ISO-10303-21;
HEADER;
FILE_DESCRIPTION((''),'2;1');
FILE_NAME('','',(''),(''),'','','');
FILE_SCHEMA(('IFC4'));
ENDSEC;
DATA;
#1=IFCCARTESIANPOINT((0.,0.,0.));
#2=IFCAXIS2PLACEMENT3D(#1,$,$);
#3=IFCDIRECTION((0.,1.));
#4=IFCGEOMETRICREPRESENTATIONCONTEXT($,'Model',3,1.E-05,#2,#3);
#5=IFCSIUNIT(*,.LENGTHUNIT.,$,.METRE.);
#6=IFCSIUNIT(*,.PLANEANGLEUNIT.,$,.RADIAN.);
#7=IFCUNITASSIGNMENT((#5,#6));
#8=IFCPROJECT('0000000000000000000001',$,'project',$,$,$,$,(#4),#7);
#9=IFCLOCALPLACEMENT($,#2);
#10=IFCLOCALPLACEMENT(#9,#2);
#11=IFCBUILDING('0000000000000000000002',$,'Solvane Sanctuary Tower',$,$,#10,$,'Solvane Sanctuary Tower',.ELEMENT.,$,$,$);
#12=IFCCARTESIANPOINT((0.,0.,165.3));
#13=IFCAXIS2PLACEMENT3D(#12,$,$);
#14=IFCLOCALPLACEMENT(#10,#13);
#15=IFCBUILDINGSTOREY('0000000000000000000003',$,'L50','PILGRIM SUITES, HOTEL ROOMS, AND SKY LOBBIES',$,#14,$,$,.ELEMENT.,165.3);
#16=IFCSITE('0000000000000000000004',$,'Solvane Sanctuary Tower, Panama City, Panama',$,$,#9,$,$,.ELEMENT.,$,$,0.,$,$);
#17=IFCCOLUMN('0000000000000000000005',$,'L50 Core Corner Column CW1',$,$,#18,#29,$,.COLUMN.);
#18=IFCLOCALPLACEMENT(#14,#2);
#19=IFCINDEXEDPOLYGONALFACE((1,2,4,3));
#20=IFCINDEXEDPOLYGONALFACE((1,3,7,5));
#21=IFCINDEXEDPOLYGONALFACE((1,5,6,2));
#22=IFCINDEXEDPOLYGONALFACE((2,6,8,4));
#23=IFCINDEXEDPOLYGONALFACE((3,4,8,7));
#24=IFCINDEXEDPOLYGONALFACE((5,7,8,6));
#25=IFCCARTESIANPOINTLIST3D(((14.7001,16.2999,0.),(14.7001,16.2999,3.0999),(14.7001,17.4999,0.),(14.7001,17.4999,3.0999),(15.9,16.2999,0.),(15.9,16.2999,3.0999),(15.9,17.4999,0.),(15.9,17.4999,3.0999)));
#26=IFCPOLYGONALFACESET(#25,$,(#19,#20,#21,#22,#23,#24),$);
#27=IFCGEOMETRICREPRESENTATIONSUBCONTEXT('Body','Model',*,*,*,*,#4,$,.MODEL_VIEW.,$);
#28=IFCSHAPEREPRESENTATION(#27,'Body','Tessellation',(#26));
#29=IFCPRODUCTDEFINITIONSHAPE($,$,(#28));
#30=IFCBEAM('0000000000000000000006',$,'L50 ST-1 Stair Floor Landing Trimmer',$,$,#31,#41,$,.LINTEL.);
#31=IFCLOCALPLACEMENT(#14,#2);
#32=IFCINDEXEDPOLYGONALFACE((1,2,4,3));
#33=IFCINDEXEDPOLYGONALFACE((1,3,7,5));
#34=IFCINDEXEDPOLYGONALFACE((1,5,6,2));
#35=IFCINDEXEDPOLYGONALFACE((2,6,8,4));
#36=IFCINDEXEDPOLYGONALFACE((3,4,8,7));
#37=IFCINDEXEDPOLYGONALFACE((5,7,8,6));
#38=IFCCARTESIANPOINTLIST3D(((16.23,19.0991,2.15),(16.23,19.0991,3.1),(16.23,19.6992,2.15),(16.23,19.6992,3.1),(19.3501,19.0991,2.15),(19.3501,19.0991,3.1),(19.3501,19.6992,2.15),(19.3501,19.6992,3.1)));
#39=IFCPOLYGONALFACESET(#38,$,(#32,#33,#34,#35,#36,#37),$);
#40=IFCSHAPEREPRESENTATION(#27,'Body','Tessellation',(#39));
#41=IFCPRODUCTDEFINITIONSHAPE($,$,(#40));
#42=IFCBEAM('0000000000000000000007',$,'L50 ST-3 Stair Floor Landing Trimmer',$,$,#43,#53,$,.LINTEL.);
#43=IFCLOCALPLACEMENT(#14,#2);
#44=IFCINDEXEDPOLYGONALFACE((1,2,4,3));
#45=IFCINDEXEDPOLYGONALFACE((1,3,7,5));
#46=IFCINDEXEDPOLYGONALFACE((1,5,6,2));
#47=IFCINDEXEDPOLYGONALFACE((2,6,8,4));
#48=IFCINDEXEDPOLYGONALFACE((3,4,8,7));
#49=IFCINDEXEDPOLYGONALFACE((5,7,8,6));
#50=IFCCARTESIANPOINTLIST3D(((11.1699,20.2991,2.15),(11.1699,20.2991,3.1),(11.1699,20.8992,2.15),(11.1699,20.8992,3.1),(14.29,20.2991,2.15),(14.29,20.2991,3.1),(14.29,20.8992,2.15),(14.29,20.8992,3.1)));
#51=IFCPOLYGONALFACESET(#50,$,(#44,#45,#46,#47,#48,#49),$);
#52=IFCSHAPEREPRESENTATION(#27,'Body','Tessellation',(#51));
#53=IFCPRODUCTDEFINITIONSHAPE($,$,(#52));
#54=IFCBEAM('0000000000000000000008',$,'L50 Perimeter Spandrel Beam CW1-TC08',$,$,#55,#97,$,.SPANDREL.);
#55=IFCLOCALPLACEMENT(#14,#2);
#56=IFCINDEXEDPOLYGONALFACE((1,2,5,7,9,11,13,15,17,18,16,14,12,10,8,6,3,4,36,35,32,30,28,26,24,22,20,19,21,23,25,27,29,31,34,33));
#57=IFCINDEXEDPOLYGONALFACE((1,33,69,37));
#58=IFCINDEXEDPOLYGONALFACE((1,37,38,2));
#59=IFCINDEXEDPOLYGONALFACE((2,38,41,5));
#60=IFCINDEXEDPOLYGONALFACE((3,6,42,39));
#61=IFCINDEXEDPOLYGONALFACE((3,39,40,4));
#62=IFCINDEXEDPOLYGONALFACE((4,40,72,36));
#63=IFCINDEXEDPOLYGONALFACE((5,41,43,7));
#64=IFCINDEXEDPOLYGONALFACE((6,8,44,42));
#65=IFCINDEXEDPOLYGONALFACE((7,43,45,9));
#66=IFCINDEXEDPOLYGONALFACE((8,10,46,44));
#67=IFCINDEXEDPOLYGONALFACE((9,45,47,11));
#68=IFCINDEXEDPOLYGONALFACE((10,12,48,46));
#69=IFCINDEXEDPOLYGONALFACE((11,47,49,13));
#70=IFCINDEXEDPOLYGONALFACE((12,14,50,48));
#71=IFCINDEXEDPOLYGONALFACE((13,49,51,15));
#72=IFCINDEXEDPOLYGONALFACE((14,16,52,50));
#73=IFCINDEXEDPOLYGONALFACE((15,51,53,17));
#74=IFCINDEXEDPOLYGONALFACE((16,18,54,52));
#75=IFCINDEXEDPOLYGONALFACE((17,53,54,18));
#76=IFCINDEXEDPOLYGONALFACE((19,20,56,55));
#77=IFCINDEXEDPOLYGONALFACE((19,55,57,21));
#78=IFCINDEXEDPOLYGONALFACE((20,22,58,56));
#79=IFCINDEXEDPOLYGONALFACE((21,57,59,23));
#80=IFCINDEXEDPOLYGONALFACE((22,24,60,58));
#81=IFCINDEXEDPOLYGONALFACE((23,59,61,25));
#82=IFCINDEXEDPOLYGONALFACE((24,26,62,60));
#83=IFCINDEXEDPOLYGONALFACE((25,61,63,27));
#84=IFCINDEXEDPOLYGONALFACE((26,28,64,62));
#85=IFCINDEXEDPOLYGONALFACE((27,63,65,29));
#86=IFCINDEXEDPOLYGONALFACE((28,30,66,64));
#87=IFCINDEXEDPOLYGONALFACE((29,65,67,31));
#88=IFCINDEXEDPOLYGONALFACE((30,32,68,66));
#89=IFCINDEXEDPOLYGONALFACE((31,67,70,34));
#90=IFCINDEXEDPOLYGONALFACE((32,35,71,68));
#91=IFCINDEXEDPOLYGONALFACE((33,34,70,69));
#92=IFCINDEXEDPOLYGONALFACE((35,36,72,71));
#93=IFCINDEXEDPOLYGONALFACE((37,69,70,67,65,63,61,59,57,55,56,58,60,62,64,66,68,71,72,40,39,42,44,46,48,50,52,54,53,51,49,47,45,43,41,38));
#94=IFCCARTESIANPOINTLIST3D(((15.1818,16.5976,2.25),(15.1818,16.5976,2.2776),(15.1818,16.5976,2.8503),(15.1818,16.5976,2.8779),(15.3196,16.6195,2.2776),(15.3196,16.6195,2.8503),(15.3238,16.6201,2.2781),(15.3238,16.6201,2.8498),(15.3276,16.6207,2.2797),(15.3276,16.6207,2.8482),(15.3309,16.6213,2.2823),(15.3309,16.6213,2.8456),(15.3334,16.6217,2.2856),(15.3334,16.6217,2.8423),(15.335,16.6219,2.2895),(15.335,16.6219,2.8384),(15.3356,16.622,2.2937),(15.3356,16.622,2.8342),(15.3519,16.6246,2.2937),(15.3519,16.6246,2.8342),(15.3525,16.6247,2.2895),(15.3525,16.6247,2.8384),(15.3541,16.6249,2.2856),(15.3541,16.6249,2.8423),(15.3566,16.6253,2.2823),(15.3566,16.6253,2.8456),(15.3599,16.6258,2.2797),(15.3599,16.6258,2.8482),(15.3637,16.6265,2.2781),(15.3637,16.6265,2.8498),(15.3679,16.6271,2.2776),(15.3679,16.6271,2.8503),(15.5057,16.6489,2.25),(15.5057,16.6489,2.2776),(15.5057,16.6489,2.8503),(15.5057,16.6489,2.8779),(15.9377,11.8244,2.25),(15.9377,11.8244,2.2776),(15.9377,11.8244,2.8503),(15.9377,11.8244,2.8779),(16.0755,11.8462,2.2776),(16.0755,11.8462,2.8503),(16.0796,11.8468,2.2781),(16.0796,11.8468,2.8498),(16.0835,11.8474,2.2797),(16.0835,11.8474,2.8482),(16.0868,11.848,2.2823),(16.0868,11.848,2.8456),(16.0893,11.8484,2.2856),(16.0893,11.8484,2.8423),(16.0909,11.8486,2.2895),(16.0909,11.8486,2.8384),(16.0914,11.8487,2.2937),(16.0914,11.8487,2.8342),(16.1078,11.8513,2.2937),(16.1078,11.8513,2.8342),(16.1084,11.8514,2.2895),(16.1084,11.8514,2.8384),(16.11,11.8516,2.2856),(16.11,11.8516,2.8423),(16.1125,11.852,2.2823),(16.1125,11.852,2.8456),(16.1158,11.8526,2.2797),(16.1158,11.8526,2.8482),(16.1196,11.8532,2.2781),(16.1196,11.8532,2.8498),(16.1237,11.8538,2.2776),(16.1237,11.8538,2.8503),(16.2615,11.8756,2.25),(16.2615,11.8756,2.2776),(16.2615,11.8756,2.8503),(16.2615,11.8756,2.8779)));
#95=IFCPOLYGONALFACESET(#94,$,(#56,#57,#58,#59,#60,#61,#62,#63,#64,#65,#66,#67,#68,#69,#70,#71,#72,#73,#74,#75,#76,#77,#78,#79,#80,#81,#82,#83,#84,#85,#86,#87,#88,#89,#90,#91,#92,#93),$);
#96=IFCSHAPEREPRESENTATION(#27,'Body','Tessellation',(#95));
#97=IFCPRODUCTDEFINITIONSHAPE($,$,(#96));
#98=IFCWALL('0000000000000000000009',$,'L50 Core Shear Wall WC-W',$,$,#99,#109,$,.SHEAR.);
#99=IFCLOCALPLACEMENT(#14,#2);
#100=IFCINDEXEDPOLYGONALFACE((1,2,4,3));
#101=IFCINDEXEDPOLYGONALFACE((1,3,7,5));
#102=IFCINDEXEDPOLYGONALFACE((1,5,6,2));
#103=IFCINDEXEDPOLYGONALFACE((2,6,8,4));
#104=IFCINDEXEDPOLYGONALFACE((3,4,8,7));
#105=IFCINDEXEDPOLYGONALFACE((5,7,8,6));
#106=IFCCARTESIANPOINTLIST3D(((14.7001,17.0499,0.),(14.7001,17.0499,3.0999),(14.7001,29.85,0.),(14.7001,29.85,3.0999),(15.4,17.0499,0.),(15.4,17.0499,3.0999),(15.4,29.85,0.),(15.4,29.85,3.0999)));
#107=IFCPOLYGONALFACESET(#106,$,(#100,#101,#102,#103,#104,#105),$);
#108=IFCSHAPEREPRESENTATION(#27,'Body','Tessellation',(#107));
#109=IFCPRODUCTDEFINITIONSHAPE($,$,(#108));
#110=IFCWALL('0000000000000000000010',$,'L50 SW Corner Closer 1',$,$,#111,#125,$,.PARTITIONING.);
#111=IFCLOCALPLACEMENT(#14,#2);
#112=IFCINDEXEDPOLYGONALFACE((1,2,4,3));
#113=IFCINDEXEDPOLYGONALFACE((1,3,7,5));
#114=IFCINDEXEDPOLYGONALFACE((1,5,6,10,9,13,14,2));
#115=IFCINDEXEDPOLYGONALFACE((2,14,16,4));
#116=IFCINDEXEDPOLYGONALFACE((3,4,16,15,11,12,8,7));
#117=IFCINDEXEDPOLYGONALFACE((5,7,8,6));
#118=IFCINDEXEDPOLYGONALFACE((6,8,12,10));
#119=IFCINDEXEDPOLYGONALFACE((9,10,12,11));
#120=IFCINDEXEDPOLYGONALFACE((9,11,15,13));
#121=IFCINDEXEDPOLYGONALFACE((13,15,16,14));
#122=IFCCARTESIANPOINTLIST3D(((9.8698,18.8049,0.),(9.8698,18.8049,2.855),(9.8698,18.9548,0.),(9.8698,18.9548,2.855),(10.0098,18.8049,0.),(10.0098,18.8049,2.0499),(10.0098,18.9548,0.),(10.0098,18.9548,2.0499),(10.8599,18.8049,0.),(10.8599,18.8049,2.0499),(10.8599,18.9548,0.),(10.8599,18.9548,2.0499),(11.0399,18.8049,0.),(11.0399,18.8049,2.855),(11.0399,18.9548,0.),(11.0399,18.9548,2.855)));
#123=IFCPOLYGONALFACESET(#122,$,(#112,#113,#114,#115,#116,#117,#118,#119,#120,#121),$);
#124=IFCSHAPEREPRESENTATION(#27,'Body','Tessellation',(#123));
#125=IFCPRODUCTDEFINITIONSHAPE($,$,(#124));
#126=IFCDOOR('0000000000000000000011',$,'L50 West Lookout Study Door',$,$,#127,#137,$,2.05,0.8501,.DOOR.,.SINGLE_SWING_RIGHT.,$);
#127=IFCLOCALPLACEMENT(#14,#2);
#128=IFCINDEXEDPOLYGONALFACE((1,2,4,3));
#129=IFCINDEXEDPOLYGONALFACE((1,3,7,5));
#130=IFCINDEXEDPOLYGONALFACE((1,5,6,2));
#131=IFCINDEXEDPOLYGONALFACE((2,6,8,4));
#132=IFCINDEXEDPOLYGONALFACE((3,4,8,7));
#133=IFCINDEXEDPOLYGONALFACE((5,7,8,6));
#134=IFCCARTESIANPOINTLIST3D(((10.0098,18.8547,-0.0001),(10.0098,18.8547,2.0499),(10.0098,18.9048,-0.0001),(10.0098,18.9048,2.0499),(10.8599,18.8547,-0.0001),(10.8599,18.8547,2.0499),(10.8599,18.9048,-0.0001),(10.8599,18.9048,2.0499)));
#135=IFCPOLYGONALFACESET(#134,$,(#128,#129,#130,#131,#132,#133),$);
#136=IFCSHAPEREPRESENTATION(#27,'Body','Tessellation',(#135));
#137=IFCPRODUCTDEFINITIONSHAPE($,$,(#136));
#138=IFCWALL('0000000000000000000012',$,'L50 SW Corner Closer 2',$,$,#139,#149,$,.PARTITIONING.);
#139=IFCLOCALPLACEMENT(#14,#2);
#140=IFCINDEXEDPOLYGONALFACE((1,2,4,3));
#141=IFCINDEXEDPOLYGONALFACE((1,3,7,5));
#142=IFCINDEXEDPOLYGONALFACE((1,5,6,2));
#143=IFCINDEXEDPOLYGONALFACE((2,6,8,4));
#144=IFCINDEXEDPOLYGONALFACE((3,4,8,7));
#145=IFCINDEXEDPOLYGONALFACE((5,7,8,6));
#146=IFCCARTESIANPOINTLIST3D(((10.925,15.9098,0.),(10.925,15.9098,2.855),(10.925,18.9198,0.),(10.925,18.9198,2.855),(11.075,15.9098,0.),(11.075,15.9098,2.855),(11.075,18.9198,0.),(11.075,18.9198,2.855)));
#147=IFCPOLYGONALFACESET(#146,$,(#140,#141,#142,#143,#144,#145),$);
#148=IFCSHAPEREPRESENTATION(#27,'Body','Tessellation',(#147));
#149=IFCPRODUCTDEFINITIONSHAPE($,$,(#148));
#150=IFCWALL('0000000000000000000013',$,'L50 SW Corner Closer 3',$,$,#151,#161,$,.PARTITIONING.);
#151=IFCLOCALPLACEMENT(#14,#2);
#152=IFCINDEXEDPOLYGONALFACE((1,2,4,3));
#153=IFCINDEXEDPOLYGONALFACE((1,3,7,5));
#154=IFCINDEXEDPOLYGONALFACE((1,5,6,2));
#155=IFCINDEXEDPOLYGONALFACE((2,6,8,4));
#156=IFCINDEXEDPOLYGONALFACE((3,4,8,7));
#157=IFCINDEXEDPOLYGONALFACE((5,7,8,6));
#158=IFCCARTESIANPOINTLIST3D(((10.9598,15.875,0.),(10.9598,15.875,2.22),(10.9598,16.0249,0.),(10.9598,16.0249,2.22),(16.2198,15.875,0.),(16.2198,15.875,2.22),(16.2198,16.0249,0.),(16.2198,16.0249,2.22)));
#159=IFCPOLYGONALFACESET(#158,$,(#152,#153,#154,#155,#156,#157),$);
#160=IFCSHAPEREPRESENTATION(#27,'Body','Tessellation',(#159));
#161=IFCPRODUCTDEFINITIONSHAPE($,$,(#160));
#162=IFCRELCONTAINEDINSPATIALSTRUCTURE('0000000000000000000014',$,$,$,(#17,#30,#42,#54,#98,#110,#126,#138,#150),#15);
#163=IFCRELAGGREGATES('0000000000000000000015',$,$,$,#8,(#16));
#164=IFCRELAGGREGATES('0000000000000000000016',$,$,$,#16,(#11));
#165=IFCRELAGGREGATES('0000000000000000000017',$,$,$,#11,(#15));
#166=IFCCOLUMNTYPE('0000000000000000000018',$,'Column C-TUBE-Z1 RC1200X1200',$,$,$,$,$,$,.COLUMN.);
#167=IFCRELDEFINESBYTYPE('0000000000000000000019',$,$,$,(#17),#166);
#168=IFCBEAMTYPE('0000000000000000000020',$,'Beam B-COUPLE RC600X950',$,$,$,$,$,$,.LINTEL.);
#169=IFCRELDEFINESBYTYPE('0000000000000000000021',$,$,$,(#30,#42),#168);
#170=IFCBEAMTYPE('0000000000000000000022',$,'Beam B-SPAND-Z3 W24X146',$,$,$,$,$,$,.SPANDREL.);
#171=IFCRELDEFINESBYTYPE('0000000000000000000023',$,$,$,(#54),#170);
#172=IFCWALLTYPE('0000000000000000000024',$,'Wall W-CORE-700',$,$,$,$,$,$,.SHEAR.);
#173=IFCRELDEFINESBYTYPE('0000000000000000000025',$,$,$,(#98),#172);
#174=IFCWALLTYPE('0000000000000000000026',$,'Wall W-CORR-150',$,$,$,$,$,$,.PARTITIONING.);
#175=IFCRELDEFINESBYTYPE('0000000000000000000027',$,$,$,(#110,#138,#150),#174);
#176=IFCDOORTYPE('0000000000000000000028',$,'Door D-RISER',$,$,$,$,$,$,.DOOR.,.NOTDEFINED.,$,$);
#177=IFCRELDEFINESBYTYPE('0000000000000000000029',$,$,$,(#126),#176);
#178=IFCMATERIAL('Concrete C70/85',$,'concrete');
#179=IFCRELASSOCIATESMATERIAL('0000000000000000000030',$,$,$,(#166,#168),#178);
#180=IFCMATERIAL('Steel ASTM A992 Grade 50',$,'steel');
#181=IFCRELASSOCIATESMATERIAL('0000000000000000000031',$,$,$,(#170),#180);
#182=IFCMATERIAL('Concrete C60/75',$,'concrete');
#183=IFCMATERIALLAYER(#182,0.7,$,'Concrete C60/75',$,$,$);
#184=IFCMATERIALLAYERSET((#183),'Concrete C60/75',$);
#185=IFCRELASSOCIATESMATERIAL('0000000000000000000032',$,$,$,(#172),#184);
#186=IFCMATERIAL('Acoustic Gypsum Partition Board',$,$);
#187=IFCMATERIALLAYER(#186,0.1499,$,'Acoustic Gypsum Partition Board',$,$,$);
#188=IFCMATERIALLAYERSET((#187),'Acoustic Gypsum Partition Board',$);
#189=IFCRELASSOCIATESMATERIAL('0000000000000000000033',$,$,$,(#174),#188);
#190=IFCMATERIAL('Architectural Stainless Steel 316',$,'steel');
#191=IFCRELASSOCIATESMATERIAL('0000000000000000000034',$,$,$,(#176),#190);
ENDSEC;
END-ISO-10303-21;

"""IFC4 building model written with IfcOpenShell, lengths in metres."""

from ifc_helpers import new_model, si_unit, direction, frame, frame_2d, origin, origin_2d, place, context, subcontext, project, spatial, rectangle, i_section, extrude, material, layer, layer_set, material_profile, profile_set, type_object, element, fill, save


model = new_model("IFC4")

# Units and contexts
model_context = context("Model", 3, precision=1e-05, world=origin(), true_north=direction((0.0, 1.0)))
body_context = subcontext(model_context, "Body", "Model", "MODEL_VIEW")
ifc_project = project(units=[si_unit("LENGTHUNIT", "METRE"), si_unit("PLANEANGLEUNIT", "RADIAN")], contexts=[model_context])

# Site, building, storey
site_placement = place(None, origin())
site = spatial("IfcSite", under=ifc_project, at=site_placement, Name="Solvane Sanctuary Tower, Panama City, Panama", CompositionType="ELEMENT", RefElevation=0.0)
building_placement = place(site_placement, origin())
building = spatial("IfcBuilding", under=site, at=building_placement, Name="Solvane Sanctuary Tower", LongName="Solvane Sanctuary Tower", CompositionType="ELEMENT")
storey_placement = place(building_placement, frame((0.0, 0.0, 165.3)))
storey = spatial("IfcBuildingStorey", under=building, at=storey_placement, Name="L50", Description="PILGRIM SUITES, HOTEL ROOMS, AND SKY LOBBIES", CompositionType="ELEMENT", Elevation=165.3)

# Column
ifc_material_1 = material(Name="Concrete C70/85", Category="concrete")
ifc_material_profile_1 = material_profile(ifc_material_1, rectangle(XDim=1.2, YDim=1.2, at=origin_2d()), Name="RC1200X1200")
ifc_profile_set_1 = profile_set([ifc_material_profile_1], Name="Concrete C70/85")
column_type = type_object("IfcColumnType", Name="Column C-TUBE-Z1 RC1200X1200", PredefinedType="COLUMN", material=ifc_profile_set_1)
column_placement = place(storey_placement, frame((15.3, 16.8999, 0.0), z_axis=(0.0, 0.0, 1.0), x_axis=(1.0, 0.0, 0.0)))
element("IfcColumn", 1, at=column_placement, inside=storey, type_object=column_type, Name="L50 Core Corner Column CW1", PredefinedType="COLUMN", context=body_context, shape_type="SweptSolid", body=[
    extrude(rectangle(XDim=1.2, YDim=1.2, at=origin_2d()), origin(), (0.0, 0.0, 1.0), 3.0999),
])

# Beams
ifc_material_profile_2 = material_profile(ifc_material_1, rectangle(XDim=0.6001, YDim=0.95, at=origin_2d()), Name="RC600X950")
ifc_profile_set_2 = profile_set([ifc_material_profile_2], Name="Concrete C70/85")
beam_type_1 = type_object("IfcBeamType", Name="Beam B-COUPLE RC600X950", PredefinedType="LINTEL", material=ifc_profile_set_2)
for number, where, z_axis, x_axis, name in (
    (2, (16.23, 19.3992, 2.625), (1.0, 0.0, 0.0), (0.0, 1.0, 0.0), "L50 ST-1 Stair Floor Landing Trimmer"),
    (3, (11.1699, 20.5991, 2.625), (1.0, 0.0, 0.0), (0.0, 1.0, 0.0), "L50 ST-3 Stair Floor Landing Trimmer"),
):
    element("IfcBeam", number, at=place(storey_placement, frame(where, z_axis=z_axis, x_axis=x_axis)), inside=storey, type_object=beam_type_1, Name=name, PredefinedType="LINTEL", context=body_context, shape_type="SweptSolid", body=[
        extrude(rectangle(XDim=0.6001, YDim=0.95, at=origin_2d()), origin(), (0.0, 0.0, 1.0), 3.1201),
    ])
ifc_material_2 = material(Name="Steel ASTM A992 Grade 50", Category="steel")
ifc_material_profile_3 = material_profile(ifc_material_2, i_section(OverallWidth=0.3279, OverallDepth=0.6279, WebThickness=0.0166, FlangeThickness=0.0276, FilletRadius=0.0161, at=origin_2d()), Name="W24X146")
ifc_profile_set_3 = profile_set([ifc_material_profile_3], Name="Steel ASTM A992 Grade 50")
beam_type_2 = type_object("IfcBeamType", Name="Beam B-SPAND-Z3 W24X146", PredefinedType="SPANDREL", material=ifc_profile_set_3)
beam_placement = place(storey_placement, frame((15.3438, 16.6233, 2.564), z_axis=(0.156406, -0.987693, 0.0), x_axis=(0.987693, 0.156406, 0.0)))
element("IfcBeam", 4, at=beam_placement, inside=storey, type_object=beam_type_2, Name="L50 Perimeter Spandrel Beam CW1-TC08", PredefinedType="SPANDREL", context=body_context, shape_type="SweptSolid", body=[
    extrude(i_section(OverallWidth=0.3279, OverallDepth=0.6279, WebThickness=0.0166, FlangeThickness=0.0276, FilletRadius=0.0161, at=origin_2d()), origin(), (0.0, 0.0, 1.0), 4.8328),
])

# Wall
ifc_material_3 = material(Name="Concrete C60/75", Category="concrete")
ifc_layer_1 = layer(ifc_material_3, 0.7, Name="Concrete C60/75")
ifc_layer_set_1 = layer_set([ifc_layer_1], Name="Concrete C60/75")
wall_type_1 = type_object("IfcWallType", Name="Wall W-CORE-700", PredefinedType="SHEAR", material=ifc_layer_set_1)
wall_1_placement = place(storey_placement, frame((15.05, 17.05, 0.0), z_axis=(0.0, 0.0, 1.0), x_axis=(0.0, 1.0, 0.0)))
element("IfcWall", 5, at=wall_1_placement, inside=storey, type_object=wall_type_1, Name="L50 Core Shear Wall WC-W", PredefinedType="SHEAR", context=body_context, shape_type="SweptSolid", body=[
    extrude(rectangle(XDim=12.8, YDim=0.7, at=frame_2d((6.3999, 0.0))), origin(), (0.0, 0.0, 1.0), 3.0999),
])

# Wall, opening, door
ifc_material_4 = material(Name="Acoustic Gypsum Partition Board")
ifc_layer_2 = layer(ifc_material_4, 0.1499, Name="Acoustic Gypsum Partition Board")
ifc_layer_set_2 = layer_set([ifc_layer_2], Name="Acoustic Gypsum Partition Board")
wall_type_2 = type_object("IfcWallType", Name="Wall W-CORR-150", PredefinedType="PARTITIONING", material=ifc_layer_set_2)
wall_2_placement = place(storey_placement, frame((9.8699, 18.8799, 0.0), z_axis=(0.0, 0.0, 1.0), x_axis=(1.0, 0.0, 0.0)))
wall_2 = element("IfcWall", 6, at=wall_2_placement, inside=storey, type_object=wall_type_2, Name="L50 SW Corner Closer 1", PredefinedType="PARTITIONING", context=body_context, shape_type="SweptSolid", body=[
    extrude(rectangle(XDim=1.1702, YDim=0.1499, at=frame_2d((0.585, 0.0))), origin(), (0.0, 0.0, 1.0), 2.855),
])
opening_1_placement = place(wall_2_placement, frame((0.1399, 0.0, 0.0)))
opening_1 = element("IfcOpeningElement", 7, at=opening_1_placement, cuts=wall_2, PredefinedType="OPENING", context=body_context, shape_type="SweptSolid", body=[
    extrude(rectangle(XDim=0.8501, YDim=2.05, at=frame_2d((0.425, 1.0249))), frame((0.0, 0.085, 0.0), z_axis=(0.0, -1.0, 0.0), x_axis=(1.0, 0.0, 0.0)), (0.0, 0.0, 1.0), 0.1699),
])
ifc_material_5 = material(Name="Architectural Stainless Steel 316", Category="steel")
door_type_1 = type_object("IfcDoorType", Name="Door D-RISER", OperationType="NOTDEFINED", PredefinedType="DOOR", material=ifc_material_5)
door_1_placement = place(opening_1_placement, origin())
door_1 = element("IfcDoor", 8, at=door_1_placement, inside=storey, type_object=door_type_1, Name="L50 West Lookout Study Door", OperationType="SINGLE_SWING_RIGHT", OverallHeight=2.05, OverallWidth=0.8501, PredefinedType="DOOR", context=body_context, shape_type="SweptSolid", body=[
    extrude(rectangle(XDim=0.8501, YDim=2.05, at=frame_2d((0.425, 1.0249))), frame((0.0, 0.0249, 0.0), z_axis=(0.0, -1.0, 0.0), x_axis=(1.0, 0.0, 0.0)), (0.0, 0.0, 1.0), 0.05),
])
fill(opening_1, door_1)

# Walls
wall_3_placement = place(storey_placement, frame((11.0, 15.9099, 0.0), z_axis=(0.0, 0.0, 1.0), x_axis=(0.0, 1.0, 0.0)))
element("IfcWall", 9, at=wall_3_placement, inside=storey, type_object=wall_type_2, Name="L50 SW Corner Closer 2", PredefinedType="PARTITIONING", context=body_context, shape_type="SweptSolid", body=[
    extrude(rectangle(XDim=3.01, YDim=0.1499, at=frame_2d((1.5049, 0.0))), origin(), (0.0, 0.0, 1.0), 2.855),
])
wall_4_placement = place(storey_placement, frame((10.96, 15.95, 0.0), z_axis=(0.0, 0.0, 1.0), x_axis=(1.0, 0.0, 0.0)))
element("IfcWall", 10, at=wall_4_placement, inside=storey, type_object=wall_type_2, Name="L50 SW Corner Closer 3", PredefinedType="PARTITIONING", context=body_context, shape_type="SweptSolid", body=[
    extrude(rectangle(XDim=5.26, YDim=0.1499, at=frame_2d((2.6299, 0.0))), origin(), (0.0, 0.0, 1.0), 2.22),
])

save(model, "model.ifc")
